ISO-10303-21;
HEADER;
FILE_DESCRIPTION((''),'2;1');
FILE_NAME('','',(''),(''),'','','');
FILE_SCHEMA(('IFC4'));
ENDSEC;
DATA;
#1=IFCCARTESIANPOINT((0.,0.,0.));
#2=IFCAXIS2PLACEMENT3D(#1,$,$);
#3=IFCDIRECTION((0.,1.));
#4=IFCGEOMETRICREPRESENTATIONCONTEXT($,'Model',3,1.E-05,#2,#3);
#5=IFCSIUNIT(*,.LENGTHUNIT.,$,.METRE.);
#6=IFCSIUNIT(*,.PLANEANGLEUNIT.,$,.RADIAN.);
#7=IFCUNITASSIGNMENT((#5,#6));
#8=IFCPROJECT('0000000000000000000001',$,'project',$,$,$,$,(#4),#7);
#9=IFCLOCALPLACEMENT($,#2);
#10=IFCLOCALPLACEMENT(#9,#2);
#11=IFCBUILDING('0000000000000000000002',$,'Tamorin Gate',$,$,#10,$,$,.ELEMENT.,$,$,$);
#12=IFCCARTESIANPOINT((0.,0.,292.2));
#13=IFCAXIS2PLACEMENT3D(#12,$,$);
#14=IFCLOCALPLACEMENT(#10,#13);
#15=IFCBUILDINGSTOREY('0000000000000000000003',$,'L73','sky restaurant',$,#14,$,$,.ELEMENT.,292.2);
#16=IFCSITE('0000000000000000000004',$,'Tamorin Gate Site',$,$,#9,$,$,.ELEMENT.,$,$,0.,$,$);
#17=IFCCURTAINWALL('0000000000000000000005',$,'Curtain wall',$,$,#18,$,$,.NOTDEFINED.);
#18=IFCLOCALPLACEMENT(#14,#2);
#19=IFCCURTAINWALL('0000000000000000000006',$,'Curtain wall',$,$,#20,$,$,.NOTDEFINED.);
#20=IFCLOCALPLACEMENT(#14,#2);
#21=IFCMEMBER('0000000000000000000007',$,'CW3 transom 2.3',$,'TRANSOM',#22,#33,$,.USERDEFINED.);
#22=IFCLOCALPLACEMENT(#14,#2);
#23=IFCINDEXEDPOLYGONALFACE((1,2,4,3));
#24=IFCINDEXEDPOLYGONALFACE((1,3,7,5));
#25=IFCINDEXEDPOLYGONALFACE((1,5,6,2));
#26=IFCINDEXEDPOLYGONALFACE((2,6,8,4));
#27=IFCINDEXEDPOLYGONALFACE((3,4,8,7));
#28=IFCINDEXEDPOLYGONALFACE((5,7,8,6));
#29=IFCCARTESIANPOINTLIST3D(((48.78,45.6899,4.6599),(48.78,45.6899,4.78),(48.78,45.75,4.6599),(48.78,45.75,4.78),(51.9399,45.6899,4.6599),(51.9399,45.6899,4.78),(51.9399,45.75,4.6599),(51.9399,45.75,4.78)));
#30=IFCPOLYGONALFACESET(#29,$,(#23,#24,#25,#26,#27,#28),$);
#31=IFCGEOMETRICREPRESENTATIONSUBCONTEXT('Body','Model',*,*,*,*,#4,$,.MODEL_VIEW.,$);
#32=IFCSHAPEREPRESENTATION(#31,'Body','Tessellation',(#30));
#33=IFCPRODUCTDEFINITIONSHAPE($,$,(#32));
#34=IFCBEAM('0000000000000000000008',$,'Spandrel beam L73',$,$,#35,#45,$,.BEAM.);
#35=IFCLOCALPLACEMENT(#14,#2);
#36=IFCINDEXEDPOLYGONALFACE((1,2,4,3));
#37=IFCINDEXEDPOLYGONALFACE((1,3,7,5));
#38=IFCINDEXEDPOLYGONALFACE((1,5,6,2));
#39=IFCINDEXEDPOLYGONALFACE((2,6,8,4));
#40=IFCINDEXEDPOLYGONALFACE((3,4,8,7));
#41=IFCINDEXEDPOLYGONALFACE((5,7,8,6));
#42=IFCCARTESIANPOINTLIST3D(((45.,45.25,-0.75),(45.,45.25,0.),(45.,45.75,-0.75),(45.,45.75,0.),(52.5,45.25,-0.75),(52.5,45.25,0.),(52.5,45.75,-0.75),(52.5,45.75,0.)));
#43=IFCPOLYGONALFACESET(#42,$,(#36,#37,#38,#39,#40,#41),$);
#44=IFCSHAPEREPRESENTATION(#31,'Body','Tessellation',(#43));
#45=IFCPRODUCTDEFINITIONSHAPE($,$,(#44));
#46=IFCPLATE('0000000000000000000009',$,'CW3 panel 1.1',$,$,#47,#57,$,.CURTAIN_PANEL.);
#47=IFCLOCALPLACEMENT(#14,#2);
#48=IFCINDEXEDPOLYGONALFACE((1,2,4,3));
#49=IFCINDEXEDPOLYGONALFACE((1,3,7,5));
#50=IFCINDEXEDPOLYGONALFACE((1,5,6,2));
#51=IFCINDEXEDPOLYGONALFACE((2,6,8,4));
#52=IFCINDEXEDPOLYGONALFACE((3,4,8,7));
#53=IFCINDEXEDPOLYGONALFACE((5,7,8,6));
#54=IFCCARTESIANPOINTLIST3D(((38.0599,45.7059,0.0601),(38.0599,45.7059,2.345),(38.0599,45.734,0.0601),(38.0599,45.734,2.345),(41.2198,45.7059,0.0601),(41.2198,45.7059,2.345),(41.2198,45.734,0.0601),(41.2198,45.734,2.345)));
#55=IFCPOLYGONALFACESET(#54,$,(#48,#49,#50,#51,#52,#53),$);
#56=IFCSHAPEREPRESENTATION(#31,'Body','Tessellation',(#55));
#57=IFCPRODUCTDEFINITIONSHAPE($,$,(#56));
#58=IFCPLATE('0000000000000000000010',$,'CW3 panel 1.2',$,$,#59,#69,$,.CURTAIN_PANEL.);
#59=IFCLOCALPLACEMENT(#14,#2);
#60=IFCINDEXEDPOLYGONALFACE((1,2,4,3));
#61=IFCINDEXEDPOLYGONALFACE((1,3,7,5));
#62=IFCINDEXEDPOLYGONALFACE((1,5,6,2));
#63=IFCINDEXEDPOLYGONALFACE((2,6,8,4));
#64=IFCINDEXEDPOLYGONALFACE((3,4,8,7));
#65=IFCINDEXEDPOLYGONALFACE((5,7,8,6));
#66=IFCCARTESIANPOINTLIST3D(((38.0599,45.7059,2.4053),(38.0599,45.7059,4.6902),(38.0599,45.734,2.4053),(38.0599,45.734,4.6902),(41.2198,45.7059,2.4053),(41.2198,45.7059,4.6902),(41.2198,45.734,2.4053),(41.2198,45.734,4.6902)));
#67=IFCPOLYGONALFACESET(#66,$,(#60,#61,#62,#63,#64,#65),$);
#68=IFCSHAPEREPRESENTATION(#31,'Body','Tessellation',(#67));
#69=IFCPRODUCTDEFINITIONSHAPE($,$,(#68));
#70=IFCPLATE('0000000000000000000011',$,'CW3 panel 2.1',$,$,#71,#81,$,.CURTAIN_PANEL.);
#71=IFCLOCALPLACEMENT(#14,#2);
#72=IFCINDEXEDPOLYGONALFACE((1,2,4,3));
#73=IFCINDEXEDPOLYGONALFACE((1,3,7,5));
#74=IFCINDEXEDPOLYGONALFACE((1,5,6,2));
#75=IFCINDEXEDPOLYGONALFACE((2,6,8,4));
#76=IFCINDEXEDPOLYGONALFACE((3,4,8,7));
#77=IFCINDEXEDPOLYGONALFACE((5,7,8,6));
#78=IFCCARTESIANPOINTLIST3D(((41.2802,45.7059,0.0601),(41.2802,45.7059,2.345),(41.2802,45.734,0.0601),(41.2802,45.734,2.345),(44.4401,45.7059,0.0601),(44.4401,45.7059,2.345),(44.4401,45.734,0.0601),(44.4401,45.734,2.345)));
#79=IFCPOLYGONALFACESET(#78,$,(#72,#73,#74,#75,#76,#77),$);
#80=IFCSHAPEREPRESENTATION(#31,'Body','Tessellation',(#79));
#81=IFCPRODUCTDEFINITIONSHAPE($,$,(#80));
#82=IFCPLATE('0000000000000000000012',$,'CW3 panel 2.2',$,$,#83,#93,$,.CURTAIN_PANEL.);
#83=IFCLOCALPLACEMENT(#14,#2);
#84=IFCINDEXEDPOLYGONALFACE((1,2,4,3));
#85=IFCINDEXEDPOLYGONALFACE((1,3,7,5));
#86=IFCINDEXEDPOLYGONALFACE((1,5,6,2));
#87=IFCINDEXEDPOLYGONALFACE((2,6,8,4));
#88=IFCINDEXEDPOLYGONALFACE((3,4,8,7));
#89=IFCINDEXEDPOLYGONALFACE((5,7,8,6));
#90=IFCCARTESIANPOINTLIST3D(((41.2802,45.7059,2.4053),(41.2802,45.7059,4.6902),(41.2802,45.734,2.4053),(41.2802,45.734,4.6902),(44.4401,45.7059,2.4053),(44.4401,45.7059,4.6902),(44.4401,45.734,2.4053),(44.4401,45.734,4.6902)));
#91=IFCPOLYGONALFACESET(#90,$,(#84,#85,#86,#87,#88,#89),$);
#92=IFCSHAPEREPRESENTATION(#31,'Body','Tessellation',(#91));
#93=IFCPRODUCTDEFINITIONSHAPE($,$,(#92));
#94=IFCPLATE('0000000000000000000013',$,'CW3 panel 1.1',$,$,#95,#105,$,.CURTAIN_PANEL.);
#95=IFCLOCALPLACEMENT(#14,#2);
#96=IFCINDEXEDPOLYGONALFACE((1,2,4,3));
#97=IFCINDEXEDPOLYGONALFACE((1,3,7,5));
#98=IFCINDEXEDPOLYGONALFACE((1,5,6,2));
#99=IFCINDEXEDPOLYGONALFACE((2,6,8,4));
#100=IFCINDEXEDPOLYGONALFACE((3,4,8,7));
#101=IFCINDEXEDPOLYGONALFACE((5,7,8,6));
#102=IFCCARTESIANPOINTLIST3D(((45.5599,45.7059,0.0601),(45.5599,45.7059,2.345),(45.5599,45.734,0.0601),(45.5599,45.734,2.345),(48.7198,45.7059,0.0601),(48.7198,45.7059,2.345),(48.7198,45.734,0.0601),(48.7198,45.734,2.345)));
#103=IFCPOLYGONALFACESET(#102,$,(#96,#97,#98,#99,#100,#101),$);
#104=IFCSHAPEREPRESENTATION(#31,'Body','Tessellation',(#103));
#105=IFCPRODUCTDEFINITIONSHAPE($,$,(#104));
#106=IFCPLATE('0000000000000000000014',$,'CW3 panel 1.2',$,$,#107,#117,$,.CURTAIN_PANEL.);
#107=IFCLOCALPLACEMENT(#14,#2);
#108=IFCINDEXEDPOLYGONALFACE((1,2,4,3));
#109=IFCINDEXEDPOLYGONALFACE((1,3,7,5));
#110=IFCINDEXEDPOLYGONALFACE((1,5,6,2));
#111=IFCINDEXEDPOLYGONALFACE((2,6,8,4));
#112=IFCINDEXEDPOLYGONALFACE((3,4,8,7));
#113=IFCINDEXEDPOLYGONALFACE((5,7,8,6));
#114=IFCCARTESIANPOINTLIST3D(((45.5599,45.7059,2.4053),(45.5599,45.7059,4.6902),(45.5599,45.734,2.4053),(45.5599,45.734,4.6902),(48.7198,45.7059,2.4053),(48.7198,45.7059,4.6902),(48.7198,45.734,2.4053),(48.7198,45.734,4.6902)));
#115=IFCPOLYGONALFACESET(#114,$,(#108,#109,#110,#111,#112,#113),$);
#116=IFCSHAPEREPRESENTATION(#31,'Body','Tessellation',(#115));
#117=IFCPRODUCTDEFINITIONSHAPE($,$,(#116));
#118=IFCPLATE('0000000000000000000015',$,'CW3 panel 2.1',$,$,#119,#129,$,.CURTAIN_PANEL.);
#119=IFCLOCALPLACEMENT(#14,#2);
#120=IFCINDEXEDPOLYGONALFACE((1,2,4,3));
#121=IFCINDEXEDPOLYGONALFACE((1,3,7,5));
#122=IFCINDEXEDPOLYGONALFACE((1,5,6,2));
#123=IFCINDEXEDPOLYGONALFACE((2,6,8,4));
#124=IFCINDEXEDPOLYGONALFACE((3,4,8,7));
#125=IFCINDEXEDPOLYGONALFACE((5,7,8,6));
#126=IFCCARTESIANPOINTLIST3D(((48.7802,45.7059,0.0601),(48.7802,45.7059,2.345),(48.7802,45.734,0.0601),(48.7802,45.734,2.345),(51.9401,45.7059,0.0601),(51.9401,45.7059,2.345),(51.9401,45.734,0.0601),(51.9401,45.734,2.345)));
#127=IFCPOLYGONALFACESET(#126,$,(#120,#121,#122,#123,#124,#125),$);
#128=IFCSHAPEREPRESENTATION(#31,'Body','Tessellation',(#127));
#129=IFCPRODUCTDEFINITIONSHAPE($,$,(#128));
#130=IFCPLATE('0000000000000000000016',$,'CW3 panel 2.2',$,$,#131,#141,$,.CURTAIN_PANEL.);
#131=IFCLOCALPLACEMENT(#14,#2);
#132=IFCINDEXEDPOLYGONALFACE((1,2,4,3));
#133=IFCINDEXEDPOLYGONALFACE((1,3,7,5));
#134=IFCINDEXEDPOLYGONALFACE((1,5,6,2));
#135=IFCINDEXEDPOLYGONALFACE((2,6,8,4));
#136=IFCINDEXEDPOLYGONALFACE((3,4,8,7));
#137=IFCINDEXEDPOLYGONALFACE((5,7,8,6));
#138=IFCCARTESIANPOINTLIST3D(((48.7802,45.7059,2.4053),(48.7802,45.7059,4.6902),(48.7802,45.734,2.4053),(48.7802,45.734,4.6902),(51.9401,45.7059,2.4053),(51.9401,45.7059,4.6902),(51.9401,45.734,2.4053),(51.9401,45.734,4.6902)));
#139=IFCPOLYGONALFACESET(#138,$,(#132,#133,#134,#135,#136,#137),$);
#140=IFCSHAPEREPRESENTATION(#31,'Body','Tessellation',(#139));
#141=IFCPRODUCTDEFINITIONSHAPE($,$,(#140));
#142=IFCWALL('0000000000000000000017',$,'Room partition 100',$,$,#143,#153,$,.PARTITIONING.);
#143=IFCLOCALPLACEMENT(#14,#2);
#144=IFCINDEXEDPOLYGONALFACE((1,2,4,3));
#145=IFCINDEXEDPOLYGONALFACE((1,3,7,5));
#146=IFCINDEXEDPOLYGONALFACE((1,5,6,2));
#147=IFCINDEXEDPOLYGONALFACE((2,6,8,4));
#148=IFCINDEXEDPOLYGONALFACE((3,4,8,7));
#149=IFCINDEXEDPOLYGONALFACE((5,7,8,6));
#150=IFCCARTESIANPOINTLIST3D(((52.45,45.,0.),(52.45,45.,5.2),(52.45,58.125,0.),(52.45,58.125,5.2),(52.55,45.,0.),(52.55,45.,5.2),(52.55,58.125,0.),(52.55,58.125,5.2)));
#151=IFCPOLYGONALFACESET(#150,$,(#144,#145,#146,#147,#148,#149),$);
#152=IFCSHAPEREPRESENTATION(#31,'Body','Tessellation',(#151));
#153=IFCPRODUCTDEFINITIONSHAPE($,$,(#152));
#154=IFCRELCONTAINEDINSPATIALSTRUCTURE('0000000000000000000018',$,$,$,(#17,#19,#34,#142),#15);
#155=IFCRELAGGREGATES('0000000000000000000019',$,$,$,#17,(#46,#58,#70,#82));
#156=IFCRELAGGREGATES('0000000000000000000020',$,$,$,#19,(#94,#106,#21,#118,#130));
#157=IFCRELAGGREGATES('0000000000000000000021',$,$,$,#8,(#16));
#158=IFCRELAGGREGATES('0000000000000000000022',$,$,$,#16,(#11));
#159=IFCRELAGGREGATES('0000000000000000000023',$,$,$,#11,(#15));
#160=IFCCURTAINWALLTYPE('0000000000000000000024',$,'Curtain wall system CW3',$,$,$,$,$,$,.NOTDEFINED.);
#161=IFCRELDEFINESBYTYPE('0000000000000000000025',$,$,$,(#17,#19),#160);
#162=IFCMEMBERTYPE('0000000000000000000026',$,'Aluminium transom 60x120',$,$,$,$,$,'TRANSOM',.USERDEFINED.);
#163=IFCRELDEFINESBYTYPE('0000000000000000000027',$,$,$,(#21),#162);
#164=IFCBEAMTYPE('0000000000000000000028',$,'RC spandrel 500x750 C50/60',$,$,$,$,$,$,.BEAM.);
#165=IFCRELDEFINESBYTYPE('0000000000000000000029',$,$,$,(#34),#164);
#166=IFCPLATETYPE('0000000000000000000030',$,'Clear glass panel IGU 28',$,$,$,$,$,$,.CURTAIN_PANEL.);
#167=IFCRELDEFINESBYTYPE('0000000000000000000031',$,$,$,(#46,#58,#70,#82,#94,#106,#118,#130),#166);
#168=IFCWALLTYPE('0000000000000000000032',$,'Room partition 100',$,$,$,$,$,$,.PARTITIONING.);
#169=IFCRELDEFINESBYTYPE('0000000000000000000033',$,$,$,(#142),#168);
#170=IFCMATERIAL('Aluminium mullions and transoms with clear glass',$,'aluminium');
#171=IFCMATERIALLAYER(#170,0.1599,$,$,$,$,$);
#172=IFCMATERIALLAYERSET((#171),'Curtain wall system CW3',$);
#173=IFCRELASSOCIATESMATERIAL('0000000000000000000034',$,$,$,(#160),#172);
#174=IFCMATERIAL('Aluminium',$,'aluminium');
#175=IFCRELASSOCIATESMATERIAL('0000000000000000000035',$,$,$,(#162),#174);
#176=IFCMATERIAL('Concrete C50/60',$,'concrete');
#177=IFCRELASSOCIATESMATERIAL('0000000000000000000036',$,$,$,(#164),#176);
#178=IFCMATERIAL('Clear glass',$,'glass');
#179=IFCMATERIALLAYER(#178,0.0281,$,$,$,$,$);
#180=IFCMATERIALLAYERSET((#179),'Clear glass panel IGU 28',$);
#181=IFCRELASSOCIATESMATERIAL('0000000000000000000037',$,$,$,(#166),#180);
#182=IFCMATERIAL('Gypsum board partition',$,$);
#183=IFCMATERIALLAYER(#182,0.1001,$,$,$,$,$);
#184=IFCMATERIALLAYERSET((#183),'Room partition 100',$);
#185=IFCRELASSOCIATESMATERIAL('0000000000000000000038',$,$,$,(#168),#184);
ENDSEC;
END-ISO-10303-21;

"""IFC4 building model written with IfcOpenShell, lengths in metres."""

from ifc_helpers import new_model, si_unit, direction, frame, frame_2d, origin, origin_2d, place, context, subcontext, project, spatial, rectangle, extrude, material, layer, layer_set, material_profile, profile_set, type_object, element, aggregate, save


model = new_model("IFC4")

# Units and contexts
model_context = context("Model", 3, precision=1e-05, world=origin(), true_north=direction((0.0, 1.0)))
body_context = subcontext(model_context, "Body", "Model", "MODEL_VIEW")
ifc_project = project(units=[si_unit("LENGTHUNIT", "METRE"), si_unit("PLANEANGLEUNIT", "RADIAN")], contexts=[model_context])

# Site, building, storey
site_placement = place(None, origin())
site = spatial("IfcSite", under=ifc_project, at=site_placement, Name="Tamorin Gate Site", CompositionType="ELEMENT", RefElevation=0.0)
building_placement = place(site_placement, origin())
building = spatial("IfcBuilding", under=site, at=building_placement, Name="Tamorin Gate", CompositionType="ELEMENT")
storey_placement = place(building_placement, frame((0.0, 0.0, 292.2)))
storey = spatial("IfcBuildingStorey", under=building, at=storey_placement, Name="L73", Description="sky restaurant", CompositionType="ELEMENT", Elevation=292.2)

# Shared definitions
ifc_material_1 = material(Name="Concrete C50/60", Category="concrete")

# Curtain walls
ifc_material_2 = material(Name="Aluminium mullions and transoms with clear glass", Category="aluminium")
ifc_layer_1 = layer(ifc_material_2, 0.1599)
ifc_layer_set_1 = layer_set([ifc_layer_1], Name="Curtain wall system CW3")
curtain_wall_type = type_object("IfcCurtainWallType", Name="Curtain wall system CW3", PredefinedType="NOTDEFINED", material=ifc_layer_set_1)
curtain_wall_1_placement = place(storey_placement, origin())
curtain_wall_1 = element("IfcCurtainWall", 1, at=curtain_wall_1_placement, inside=storey, type_object=curtain_wall_type, Name="Curtain wall", PredefinedType="NOTDEFINED")
ifc_material_3 = material(Name="Aluminium", Category="aluminium")
curtain_wall_2_placement = place(storey_placement, origin())
curtain_wall_2 = element("IfcCurtainWall", 2, at=curtain_wall_2_placement, inside=storey, type_object=curtain_wall_type, Name="Curtain wall", PredefinedType="NOTDEFINED")

# Member
ifc_material_profile_1 = material_profile(ifc_material_3, rectangle(XDim=0.0601, YDim=0.1201, at=origin_2d()), Name="RECT 60x120")
ifc_profile_set_1 = profile_set([ifc_material_profile_1], Name="Aluminium")
member_type_1 = type_object("IfcMemberType", Name="Aluminium transom 60x120", ElementType="TRANSOM", PredefinedType="USERDEFINED", material=ifc_profile_set_1)
member_1_placement = place(storey_placement, frame((48.78, 45.72, 4.72), z_axis=(1.0, 0.0, 0.0), x_axis=(0.0, 1.0, 0.0)))
member_1 = element("IfcMember", 3, at=member_1_placement, type_object=member_type_1, Name="CW3 transom 2.3", ObjectType="TRANSOM", PredefinedType="USERDEFINED", context=body_context, shape_type="SweptSolid", body=[
    extrude(rectangle(XDim=0.0601, YDim=0.1201, at=origin_2d()), origin(), (0.0, 0.0, 1.0), 3.1599),
])

# Beam
ifc_material_profile_2 = material_profile(ifc_material_1, rectangle(XDim=0.5, YDim=0.75, at=origin_2d()), Name="RC 500x750")
ifc_profile_set_2 = profile_set([ifc_material_profile_2], Name="Concrete C50/60")
beam_type = type_object("IfcBeamType", Name="RC spandrel 500x750 C50/60", PredefinedType="BEAM", material=ifc_profile_set_2)
beam_placement = place(storey_placement, frame((45.0, 45.5, -0.375), z_axis=(1.0, 0.0, 0.0), x_axis=(0.0, 1.0, 0.0)))
element("IfcBeam", 4, at=beam_placement, inside=storey, type_object=beam_type, Name="Spandrel beam L73", PredefinedType="BEAM", context=body_context, shape_type="SweptSolid", body=[
    extrude(rectangle(XDim=0.5, YDim=0.75, at=origin_2d()), origin(), (0.0, 0.0, 1.0), 7.5),
])

# Plates
ifc_material_4 = material(Name="Clear glass", Category="glass")
ifc_layer_2 = layer(ifc_material_4, 0.0281)
ifc_layer_set_2 = layer_set([ifc_layer_2], Name="Clear glass panel IGU 28")
plate_type = type_object("IfcPlateType", Name="Clear glass panel IGU 28", PredefinedType="CURTAIN_PANEL", material=ifc_layer_set_2)
plate_1_placement = place(storey_placement, frame((39.6399, 45.72, 0.0601), z_axis=(0.0, 0.0, 1.0), x_axis=(1.0, 0.0, 0.0)))
plate_1 = element("IfcPlate", 5, at=plate_1_placement, type_object=plate_type, Name="CW3 panel 1.1", PredefinedType="CURTAIN_PANEL", context=body_context, shape_type="SweptSolid", body=[
    extrude(rectangle(XDim=3.1599, YDim=0.0281, at=origin_2d()), origin(), (0.0, 0.0, 1.0), 2.2849),
])
plate_2_placement = place(storey_placement, frame((39.6399, 45.72, 2.4053), z_axis=(0.0, 0.0, 1.0), x_axis=(1.0, 0.0, 0.0)))
plate_2 = element("IfcPlate", 6, at=plate_2_placement, type_object=plate_type, Name="CW3 panel 1.2", PredefinedType="CURTAIN_PANEL", context=body_context, shape_type="SweptSolid", body=[
    extrude(rectangle(XDim=3.1599, YDim=0.0281, at=origin_2d()), origin(), (0.0, 0.0, 1.0), 2.2849),
])
plate_3_placement = place(storey_placement, frame((42.8601, 45.72, 0.0601), z_axis=(0.0, 0.0, 1.0), x_axis=(1.0, 0.0, 0.0)))
plate_3 = element("IfcPlate", 7, at=plate_3_placement, type_object=plate_type, Name="CW3 panel 2.1", PredefinedType="CURTAIN_PANEL", context=body_context, shape_type="SweptSolid", body=[
    extrude(rectangle(XDim=3.1599, YDim=0.0281, at=origin_2d()), origin(), (0.0, 0.0, 1.0), 2.2849),
])
plate_4_placement = place(storey_placement, frame((42.8601, 45.72, 2.4053), z_axis=(0.0, 0.0, 1.0), x_axis=(1.0, 0.0, 0.0)))
plate_4 = element("IfcPlate", 8, at=plate_4_placement, type_object=plate_type, Name="CW3 panel 2.2", PredefinedType="CURTAIN_PANEL", context=body_context, shape_type="SweptSolid", body=[
    extrude(rectangle(XDim=3.1599, YDim=0.0281, at=origin_2d()), origin(), (0.0, 0.0, 1.0), 2.2849),
])
aggregate(curtain_wall_1, [plate_1, plate_2, plate_3, plate_4])
plate_5_placement = place(storey_placement, frame((47.1399, 45.72, 0.0601), z_axis=(0.0, 0.0, 1.0), x_axis=(1.0, 0.0, 0.0)))
plate_5 = element("IfcPlate", 9, at=plate_5_placement, type_object=plate_type, Name="CW3 panel 1.1", PredefinedType="CURTAIN_PANEL", context=body_context, shape_type="SweptSolid", body=[
    extrude(rectangle(XDim=3.1599, YDim=0.0281, at=origin_2d()), origin(), (0.0, 0.0, 1.0), 2.2849),
])
plate_6_placement = place(storey_placement, frame((47.1399, 45.72, 2.4053), z_axis=(0.0, 0.0, 1.0), x_axis=(1.0, 0.0, 0.0)))
plate_6 = element("IfcPlate", 10, at=plate_6_placement, type_object=plate_type, Name="CW3 panel 1.2", PredefinedType="CURTAIN_PANEL", context=body_context, shape_type="SweptSolid", body=[
    extrude(rectangle(XDim=3.1599, YDim=0.0281, at=origin_2d()), origin(), (0.0, 0.0, 1.0), 2.2849),
])
plate_7_placement = place(storey_placement, frame((50.3601, 45.72, 0.0601), z_axis=(0.0, 0.0, 1.0), x_axis=(1.0, 0.0, 0.0)))
plate_7 = element("IfcPlate", 11, at=plate_7_placement, type_object=plate_type, Name="CW3 panel 2.1", PredefinedType="CURTAIN_PANEL", context=body_context, shape_type="SweptSolid", body=[
    extrude(rectangle(XDim=3.1599, YDim=0.0281, at=origin_2d()), origin(), (0.0, 0.0, 1.0), 2.2849),
])
plate_8_placement = place(storey_placement, frame((50.3601, 45.72, 2.4053), z_axis=(0.0, 0.0, 1.0), x_axis=(1.0, 0.0, 0.0)))
plate_8 = element("IfcPlate", 12, at=plate_8_placement, type_object=plate_type, Name="CW3 panel 2.2", PredefinedType="CURTAIN_PANEL", context=body_context, shape_type="SweptSolid", body=[
    extrude(rectangle(XDim=3.1599, YDim=0.0281, at=origin_2d()), origin(), (0.0, 0.0, 1.0), 2.2849),
])
aggregate(curtain_wall_2, [plate_5, plate_6, member_1, plate_7, plate_8])

# Wall
ifc_material_5 = material(Name="Gypsum board partition")
ifc_layer_3 = layer(ifc_material_5, 0.1001)
ifc_layer_set_3 = layer_set([ifc_layer_3], Name="Room partition 100")
wall_type = type_object("IfcWallType", Name="Room partition 100", PredefinedType="PARTITIONING", material=ifc_layer_set_3)
wall_placement = place(storey_placement, frame((52.5, 45.0, 0.0), z_axis=(0.0, 0.0, 1.0), x_axis=(0.0, 1.0, 0.0)))
element("IfcWall", 13, at=wall_placement, inside=storey, type_object=wall_type, Name="Room partition 100", PredefinedType="PARTITIONING", context=body_context, shape_type="SweptSolid", body=[
    extrude(rectangle(XDim=13.125, YDim=0.1001, at=frame_2d((6.5625, 0.0))), origin(), (0.0, 0.0, 1.0), 5.2),
])

save(model, "model.ifc")
